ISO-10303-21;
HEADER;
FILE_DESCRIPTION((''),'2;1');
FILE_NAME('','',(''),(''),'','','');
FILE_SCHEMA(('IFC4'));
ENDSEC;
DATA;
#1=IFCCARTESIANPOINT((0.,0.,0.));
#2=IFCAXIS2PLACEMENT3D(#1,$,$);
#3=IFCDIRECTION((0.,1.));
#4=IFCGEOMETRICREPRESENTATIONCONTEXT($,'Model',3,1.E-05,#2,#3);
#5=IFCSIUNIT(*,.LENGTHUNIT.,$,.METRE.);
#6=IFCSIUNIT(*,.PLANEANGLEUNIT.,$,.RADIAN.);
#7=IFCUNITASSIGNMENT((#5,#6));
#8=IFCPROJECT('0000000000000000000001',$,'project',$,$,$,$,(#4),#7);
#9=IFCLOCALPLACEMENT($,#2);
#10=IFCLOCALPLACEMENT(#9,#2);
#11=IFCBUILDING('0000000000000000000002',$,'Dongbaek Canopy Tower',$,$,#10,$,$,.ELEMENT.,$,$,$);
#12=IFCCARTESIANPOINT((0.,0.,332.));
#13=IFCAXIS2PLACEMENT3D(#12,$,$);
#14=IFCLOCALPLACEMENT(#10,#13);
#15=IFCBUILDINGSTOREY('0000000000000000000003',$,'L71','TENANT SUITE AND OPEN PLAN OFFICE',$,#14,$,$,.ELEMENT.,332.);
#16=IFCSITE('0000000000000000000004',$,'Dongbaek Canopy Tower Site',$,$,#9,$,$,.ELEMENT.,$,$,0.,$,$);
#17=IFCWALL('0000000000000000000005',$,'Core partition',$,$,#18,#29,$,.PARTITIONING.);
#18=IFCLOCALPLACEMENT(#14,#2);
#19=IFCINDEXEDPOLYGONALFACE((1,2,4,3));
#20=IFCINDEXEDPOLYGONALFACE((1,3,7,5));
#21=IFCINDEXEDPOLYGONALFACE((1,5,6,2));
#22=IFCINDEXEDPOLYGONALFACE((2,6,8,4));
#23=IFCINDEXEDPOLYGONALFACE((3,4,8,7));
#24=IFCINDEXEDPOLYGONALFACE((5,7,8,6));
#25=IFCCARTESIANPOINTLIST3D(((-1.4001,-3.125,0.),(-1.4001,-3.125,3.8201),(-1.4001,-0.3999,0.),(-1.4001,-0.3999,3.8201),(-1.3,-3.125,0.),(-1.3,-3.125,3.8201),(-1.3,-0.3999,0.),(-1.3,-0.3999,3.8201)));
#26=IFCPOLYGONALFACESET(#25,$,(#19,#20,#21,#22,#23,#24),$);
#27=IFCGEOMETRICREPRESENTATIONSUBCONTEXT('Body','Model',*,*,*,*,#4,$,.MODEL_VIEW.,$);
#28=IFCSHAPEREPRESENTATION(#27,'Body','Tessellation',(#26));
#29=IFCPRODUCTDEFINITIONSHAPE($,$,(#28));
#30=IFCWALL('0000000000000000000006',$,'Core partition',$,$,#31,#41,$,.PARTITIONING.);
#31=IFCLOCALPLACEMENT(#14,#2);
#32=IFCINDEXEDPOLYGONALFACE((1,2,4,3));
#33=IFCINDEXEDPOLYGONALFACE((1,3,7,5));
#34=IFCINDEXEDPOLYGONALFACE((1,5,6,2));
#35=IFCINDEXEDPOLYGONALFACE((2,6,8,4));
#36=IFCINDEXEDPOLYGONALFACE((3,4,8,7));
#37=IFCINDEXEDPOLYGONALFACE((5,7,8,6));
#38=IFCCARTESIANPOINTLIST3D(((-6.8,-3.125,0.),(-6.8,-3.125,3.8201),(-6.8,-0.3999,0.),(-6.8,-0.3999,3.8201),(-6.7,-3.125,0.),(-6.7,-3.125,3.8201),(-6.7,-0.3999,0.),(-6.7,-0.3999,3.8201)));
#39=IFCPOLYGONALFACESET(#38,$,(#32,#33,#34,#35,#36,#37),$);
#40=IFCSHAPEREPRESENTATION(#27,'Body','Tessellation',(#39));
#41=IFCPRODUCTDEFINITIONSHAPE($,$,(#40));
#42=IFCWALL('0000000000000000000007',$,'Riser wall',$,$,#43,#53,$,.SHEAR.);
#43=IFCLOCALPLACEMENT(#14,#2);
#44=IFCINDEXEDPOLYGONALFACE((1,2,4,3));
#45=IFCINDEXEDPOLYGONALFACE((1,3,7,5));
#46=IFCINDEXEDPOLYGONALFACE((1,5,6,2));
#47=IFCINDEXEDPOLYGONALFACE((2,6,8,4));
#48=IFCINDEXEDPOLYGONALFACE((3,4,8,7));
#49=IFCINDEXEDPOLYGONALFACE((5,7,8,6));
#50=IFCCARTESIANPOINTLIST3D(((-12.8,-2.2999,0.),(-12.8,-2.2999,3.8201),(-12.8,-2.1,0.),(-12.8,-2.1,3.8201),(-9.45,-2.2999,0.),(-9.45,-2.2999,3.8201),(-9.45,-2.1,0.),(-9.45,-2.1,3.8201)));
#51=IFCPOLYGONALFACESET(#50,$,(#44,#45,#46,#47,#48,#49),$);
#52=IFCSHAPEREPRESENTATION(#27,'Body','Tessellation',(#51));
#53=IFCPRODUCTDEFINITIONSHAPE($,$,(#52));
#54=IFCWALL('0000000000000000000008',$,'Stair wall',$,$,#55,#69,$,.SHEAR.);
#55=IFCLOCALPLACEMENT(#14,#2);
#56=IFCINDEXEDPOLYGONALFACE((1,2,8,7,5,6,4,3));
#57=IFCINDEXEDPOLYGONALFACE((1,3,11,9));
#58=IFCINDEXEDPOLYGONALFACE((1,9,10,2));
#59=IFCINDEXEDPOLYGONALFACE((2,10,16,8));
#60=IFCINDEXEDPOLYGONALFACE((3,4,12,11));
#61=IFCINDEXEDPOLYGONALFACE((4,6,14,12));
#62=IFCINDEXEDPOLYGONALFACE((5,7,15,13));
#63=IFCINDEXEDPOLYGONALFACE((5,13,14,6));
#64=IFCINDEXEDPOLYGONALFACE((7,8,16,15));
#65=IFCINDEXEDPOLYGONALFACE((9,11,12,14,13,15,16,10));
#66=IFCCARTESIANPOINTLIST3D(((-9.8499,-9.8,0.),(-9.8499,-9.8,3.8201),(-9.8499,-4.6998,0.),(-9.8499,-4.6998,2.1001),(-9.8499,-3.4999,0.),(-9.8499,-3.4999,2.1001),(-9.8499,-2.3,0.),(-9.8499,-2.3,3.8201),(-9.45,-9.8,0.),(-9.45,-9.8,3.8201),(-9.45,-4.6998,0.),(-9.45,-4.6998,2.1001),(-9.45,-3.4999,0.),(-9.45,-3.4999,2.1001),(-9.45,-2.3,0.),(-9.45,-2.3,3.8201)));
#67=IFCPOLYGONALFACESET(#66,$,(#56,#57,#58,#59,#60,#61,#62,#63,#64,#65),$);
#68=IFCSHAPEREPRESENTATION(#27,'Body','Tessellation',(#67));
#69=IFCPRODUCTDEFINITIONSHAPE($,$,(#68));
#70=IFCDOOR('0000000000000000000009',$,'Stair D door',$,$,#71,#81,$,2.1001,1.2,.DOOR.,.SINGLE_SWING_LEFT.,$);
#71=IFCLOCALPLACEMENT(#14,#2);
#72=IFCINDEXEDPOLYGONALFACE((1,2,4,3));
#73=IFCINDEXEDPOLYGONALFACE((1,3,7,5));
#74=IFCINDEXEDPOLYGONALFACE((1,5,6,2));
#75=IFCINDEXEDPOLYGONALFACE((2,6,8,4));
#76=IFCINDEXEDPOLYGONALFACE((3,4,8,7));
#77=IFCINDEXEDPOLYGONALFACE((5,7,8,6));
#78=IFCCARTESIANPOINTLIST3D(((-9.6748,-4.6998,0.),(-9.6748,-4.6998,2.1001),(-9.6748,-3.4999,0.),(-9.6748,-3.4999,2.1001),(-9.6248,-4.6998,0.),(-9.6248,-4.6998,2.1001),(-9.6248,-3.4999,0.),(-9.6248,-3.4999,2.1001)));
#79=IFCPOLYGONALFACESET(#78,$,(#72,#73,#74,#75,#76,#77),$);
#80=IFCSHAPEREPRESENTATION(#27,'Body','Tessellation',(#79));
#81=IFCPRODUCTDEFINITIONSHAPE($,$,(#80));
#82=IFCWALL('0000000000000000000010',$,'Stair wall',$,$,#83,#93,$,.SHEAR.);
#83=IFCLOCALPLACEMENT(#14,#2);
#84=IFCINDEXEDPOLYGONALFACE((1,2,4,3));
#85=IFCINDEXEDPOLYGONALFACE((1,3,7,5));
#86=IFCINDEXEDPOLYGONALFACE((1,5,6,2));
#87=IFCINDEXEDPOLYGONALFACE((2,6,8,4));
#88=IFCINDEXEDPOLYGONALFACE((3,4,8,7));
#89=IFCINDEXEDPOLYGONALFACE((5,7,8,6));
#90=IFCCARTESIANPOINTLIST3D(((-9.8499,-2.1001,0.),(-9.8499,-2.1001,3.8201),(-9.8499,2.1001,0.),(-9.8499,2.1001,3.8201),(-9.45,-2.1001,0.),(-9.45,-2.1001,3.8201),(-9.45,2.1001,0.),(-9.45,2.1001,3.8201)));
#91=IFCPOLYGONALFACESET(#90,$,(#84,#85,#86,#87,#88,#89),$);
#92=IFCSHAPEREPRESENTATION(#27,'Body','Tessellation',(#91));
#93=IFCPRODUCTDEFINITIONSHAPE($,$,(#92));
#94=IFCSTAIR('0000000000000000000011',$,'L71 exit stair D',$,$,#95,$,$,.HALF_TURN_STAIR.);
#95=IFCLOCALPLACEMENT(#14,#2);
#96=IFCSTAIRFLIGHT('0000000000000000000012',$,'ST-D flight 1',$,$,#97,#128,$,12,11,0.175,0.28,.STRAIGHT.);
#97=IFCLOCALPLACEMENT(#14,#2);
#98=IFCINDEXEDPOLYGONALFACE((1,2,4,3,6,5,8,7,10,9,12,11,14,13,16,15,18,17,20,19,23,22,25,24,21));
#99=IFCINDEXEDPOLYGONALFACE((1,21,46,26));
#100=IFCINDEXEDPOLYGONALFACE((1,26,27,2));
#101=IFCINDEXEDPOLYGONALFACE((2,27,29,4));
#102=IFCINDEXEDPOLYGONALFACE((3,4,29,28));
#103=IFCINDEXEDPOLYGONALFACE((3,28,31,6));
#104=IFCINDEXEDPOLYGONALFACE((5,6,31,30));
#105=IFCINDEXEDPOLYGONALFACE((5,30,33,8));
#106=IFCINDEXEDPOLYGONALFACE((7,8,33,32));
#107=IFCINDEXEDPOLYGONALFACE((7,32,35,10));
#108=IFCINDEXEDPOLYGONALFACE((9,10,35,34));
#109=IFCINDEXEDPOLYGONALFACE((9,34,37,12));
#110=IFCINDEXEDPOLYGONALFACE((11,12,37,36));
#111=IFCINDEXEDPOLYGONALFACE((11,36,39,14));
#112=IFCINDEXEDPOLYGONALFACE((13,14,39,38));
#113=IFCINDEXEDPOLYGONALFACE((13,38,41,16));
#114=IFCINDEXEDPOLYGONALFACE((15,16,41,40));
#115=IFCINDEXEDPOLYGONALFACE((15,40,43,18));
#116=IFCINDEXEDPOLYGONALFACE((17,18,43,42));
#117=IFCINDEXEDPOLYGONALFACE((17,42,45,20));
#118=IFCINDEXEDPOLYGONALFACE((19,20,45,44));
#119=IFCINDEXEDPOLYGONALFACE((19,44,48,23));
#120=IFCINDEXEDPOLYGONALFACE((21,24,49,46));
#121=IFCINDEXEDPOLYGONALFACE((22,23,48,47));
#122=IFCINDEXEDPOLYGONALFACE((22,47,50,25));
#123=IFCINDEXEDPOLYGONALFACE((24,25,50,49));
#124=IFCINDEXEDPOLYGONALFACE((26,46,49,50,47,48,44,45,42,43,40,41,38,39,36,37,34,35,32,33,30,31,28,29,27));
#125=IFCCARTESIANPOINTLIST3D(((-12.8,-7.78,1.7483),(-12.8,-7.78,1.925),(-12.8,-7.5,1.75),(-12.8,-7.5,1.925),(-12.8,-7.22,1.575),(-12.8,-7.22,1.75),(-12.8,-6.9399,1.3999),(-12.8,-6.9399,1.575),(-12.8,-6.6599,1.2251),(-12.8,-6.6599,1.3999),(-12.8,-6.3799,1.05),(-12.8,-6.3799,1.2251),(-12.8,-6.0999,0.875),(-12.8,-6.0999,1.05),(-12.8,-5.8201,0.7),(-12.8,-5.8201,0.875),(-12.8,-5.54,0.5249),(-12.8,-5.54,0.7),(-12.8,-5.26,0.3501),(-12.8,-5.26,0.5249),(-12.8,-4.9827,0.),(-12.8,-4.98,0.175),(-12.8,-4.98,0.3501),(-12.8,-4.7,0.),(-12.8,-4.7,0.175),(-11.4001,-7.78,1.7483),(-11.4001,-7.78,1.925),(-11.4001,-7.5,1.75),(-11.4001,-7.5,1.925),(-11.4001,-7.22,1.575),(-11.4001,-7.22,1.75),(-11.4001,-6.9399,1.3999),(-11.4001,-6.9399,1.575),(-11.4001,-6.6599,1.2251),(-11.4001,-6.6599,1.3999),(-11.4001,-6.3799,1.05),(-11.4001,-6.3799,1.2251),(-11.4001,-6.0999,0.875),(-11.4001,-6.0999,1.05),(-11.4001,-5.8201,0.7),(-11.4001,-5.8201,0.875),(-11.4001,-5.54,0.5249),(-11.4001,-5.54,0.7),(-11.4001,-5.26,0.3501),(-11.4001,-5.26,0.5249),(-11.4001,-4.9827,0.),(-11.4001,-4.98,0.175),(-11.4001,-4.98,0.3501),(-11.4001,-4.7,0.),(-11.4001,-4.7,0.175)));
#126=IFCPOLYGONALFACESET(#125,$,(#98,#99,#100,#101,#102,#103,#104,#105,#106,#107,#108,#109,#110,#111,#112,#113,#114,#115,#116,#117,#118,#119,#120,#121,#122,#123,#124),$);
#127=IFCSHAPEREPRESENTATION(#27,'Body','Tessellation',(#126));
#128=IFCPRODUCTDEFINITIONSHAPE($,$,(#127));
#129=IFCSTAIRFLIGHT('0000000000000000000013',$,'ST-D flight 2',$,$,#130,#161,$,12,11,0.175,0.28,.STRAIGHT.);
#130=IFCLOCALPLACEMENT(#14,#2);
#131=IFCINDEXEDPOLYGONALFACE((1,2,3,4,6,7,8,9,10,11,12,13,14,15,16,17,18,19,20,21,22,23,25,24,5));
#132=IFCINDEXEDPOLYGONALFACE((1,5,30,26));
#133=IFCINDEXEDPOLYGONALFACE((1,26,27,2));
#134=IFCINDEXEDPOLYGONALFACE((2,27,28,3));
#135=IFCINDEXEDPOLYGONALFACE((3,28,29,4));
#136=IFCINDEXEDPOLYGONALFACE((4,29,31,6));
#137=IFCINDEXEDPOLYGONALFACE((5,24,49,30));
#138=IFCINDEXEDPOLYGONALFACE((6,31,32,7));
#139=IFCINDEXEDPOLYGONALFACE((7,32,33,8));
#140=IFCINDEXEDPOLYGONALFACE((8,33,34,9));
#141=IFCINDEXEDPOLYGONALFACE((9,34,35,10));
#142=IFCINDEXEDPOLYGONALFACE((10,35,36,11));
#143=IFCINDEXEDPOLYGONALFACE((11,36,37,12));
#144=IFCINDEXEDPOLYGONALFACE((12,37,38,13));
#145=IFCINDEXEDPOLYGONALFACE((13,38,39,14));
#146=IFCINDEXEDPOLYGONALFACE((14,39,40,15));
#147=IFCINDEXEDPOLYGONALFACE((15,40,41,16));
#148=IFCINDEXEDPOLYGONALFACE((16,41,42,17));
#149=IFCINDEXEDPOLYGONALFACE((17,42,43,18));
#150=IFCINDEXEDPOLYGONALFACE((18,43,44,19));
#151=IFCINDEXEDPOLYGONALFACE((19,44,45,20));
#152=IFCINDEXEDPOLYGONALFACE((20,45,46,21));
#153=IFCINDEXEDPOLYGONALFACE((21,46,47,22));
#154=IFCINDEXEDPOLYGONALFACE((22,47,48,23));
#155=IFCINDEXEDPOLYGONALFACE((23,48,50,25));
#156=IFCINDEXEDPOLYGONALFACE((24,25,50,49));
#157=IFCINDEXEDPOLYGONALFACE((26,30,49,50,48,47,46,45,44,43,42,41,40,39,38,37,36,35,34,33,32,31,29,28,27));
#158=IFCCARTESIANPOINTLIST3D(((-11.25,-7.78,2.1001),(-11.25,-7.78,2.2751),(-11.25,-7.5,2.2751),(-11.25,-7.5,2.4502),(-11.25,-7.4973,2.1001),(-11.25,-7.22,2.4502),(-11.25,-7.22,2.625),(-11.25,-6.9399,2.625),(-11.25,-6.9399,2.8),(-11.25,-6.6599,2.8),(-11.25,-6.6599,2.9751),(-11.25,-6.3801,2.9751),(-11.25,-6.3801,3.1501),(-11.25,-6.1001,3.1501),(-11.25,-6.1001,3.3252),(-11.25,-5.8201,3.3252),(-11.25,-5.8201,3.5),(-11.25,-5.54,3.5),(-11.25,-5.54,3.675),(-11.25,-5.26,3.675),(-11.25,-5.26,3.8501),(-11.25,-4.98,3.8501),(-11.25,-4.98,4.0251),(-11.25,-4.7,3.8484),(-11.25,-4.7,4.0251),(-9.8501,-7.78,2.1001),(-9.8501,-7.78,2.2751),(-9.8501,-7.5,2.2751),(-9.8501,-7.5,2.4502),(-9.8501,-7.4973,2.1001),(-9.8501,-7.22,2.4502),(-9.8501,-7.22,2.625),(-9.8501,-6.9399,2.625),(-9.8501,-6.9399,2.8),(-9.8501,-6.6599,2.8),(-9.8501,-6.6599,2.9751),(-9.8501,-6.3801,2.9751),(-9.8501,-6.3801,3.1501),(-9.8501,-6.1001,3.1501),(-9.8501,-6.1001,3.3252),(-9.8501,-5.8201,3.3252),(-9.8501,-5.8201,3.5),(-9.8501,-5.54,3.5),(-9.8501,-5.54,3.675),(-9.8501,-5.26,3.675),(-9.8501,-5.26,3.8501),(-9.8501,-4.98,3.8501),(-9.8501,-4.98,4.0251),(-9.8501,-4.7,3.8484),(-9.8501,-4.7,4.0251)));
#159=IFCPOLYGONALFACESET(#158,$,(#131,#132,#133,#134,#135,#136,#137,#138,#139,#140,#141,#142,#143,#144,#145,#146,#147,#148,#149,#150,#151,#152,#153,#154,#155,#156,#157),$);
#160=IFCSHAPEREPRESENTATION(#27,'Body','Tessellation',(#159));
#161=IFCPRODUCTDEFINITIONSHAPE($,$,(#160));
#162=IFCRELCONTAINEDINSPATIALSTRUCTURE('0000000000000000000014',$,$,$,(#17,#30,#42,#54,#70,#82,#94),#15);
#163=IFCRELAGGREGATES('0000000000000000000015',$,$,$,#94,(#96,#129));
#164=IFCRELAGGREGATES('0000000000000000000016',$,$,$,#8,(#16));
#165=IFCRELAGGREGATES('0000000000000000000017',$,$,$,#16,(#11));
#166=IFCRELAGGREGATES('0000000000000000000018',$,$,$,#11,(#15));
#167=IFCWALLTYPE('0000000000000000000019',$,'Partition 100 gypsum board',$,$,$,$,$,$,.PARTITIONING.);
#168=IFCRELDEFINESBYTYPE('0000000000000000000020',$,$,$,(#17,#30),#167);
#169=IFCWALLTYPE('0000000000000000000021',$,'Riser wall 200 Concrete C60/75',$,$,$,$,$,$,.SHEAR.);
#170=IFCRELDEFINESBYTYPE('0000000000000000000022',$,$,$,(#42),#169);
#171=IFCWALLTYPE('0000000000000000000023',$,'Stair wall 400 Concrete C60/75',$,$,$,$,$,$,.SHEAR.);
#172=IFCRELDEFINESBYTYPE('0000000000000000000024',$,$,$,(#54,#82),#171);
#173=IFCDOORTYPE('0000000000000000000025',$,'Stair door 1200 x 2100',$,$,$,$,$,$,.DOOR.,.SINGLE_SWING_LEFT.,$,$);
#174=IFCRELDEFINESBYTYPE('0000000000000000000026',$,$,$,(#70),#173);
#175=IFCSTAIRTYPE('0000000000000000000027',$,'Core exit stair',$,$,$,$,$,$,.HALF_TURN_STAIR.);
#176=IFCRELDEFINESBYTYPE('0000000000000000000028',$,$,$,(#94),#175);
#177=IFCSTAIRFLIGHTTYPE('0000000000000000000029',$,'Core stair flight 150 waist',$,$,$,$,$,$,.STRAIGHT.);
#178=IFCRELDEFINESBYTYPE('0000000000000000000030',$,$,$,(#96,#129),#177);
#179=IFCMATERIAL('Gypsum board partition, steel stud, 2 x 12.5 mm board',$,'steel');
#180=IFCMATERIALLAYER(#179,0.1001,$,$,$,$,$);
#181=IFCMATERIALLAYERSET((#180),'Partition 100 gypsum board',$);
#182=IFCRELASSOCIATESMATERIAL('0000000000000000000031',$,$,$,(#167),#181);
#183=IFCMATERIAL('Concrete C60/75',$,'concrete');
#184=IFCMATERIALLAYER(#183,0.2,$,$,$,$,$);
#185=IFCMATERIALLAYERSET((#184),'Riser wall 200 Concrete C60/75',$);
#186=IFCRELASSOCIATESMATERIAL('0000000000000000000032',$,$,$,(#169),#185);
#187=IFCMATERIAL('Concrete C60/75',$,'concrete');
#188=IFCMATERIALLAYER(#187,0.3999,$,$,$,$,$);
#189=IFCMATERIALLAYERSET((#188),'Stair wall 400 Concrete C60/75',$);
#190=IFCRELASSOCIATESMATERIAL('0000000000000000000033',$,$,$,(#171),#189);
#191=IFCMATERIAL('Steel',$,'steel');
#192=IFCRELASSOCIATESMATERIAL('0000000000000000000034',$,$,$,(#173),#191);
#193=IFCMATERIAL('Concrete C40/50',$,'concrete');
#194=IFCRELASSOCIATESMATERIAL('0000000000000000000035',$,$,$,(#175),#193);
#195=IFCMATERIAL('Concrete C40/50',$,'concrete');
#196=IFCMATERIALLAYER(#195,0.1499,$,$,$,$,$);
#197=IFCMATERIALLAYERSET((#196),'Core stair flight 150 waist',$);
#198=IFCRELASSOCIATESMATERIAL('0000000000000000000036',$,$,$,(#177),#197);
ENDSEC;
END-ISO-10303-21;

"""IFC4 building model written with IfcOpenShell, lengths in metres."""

from ifc_helpers import new_model, si_unit, direction, frame, frame_2d, origin, place, context, subcontext, project, spatial, polyline, rectangle, outline, extrude, material, layer, layer_set, type_object, element, fill, aggregate, save


model = new_model("IFC4")

# Units and contexts
model_context = context("Model", 3, precision=1e-05, world=origin(), true_north=direction((0.0, 1.0)))
body_context = subcontext(model_context, "Body", "Model", "MODEL_VIEW")
ifc_project = project(units=[si_unit("LENGTHUNIT", "METRE"), si_unit("PLANEANGLEUNIT", "RADIAN")], contexts=[model_context])

# Site, building, storey
site_placement = place(None, origin())
site = spatial("IfcSite", under=ifc_project, at=site_placement, Name="Dongbaek Canopy Tower Site", CompositionType="ELEMENT", RefElevation=0.0)
building_placement = place(site_placement, origin())
building = spatial("IfcBuilding", under=site, at=building_placement, Name="Dongbaek Canopy Tower", CompositionType="ELEMENT")
storey_placement = place(building_placement, frame((0.0, 0.0, 332.0)))
storey = spatial("IfcBuildingStorey", under=building, at=storey_placement, Name="L71", Description="TENANT SUITE AND OPEN PLAN OFFICE", CompositionType="ELEMENT", Elevation=332.0)

# Walls
ifc_material_1 = material(Name="Gypsum board partition, steel stud, 2 x 12.5 mm board", Category="steel")
ifc_layer_1 = layer(ifc_material_1, 0.1001)
ifc_layer_set_1 = layer_set([ifc_layer_1], Name="Partition 100 gypsum board")
wall_type_1 = type_object("IfcWallType", Name="Partition 100 gypsum board", PredefinedType="PARTITIONING", material=ifc_layer_set_1)
for number, where, z_axis, x_axis, name in (
    (1, (-1.3501, -3.125, 0.0), (0.0, 0.0, 1.0), (0.0, 1.0, 0.0), "Core partition"),
    (2, (-6.75, -3.125, 0.0), (0.0, 0.0, 1.0), (0.0, 1.0, 0.0), "Core partition"),
):
    element("IfcWall", number, at=place(storey_placement, frame(where, z_axis=z_axis, x_axis=x_axis)), inside=storey, type_object=wall_type_1, Name=name, PredefinedType="PARTITIONING", context=body_context, shape_type="SweptSolid", body=[
        extrude(rectangle(XDim=2.7251, YDim=0.1001, at=frame_2d((1.3625, 0.0))), origin(), (0.0, 0.0, 1.0), 3.8201),
    ])
ifc_material_2 = material(Name="Concrete C60/75", Category="concrete")
ifc_layer_2 = layer(ifc_material_2, 0.2)
ifc_layer_set_2 = layer_set([ifc_layer_2], Name="Riser wall 200 Concrete C60/75")
wall_type_2 = type_object("IfcWallType", Name="Riser wall 200 Concrete C60/75", PredefinedType="SHEAR", material=ifc_layer_set_2)
wall_1_placement = place(storey_placement, frame((-9.45, -2.2, 0.0), z_axis=(0.0, 0.0, 1.0), x_axis=(-1.0, 0.0, 0.0)))
element("IfcWall", 3, at=wall_1_placement, inside=storey, type_object=wall_type_2, Name="Riser wall", PredefinedType="SHEAR", context=body_context, shape_type="SweptSolid", body=[
    extrude(rectangle(XDim=3.3501, YDim=0.2, at=frame_2d((1.675, 0.0))), origin(), (0.0, 0.0, 1.0), 3.8201),
])

# Wall, opening, door
ifc_material_3 = material(Name="Concrete C60/75", Category="concrete")
ifc_layer_3 = layer(ifc_material_3, 0.3999)
ifc_layer_set_3 = layer_set([ifc_layer_3], Name="Stair wall 400 Concrete C60/75")
wall_type_3 = type_object("IfcWallType", Name="Stair wall 400 Concrete C60/75", PredefinedType="SHEAR", material=ifc_layer_set_3)
wall_2_placement = place(storey_placement, frame((-9.6499, -9.8, 0.0), z_axis=(0.0, 0.0, 1.0), x_axis=(0.0, 1.0, 0.0)))
wall_2 = element("IfcWall", 4, at=wall_2_placement, inside=storey, type_object=wall_type_3, Name="Stair wall", PredefinedType="SHEAR", context=body_context, shape_type="SweptSolid", body=[
    extrude(rectangle(XDim=7.5, YDim=0.3999, at=frame_2d((3.75, 0.0))), origin(), (0.0, 0.0, 1.0), 3.8201),
])
opening_1_placement = place(wall_2_placement, frame((5.1001, 0.0, 0.0)))
opening_1 = element("IfcOpeningElement", 5, at=opening_1_placement, cuts=wall_2, PredefinedType="OPENING", context=body_context, shape_type="SweptSolid", body=[
    extrude(rectangle(XDim=1.2, YDim=2.1001, at=frame_2d((0.6001, 1.05))), frame((0.0, 0.21, 0.0), z_axis=(0.0, -1.0, 0.0), x_axis=(1.0, 0.0, 0.0)), (0.0, 0.0, 1.0), 0.4199),
])
ifc_material_4 = material(Name="Steel", Category="steel")
door_type_1 = type_object("IfcDoorType", Name="Stair door 1200 x 2100", OperationType="SINGLE_SWING_LEFT", PredefinedType="DOOR", material=ifc_material_4)
door_1_placement = place(opening_1_placement, origin())
door_1 = element("IfcDoor", 6, at=door_1_placement, inside=storey, type_object=door_type_1, Name="Stair D door", OperationType="SINGLE_SWING_LEFT", OverallHeight=2.1001, OverallWidth=1.2, PredefinedType="DOOR", context=body_context, shape_type="SweptSolid", body=[
    extrude(rectangle(XDim=1.2, YDim=2.1001, at=frame_2d((0.6001, 1.05))), frame((0.0, 0.0249, 0.0), z_axis=(0.0, -1.0, 0.0), x_axis=(1.0, 0.0, 0.0)), (0.0, 0.0, 1.0), 0.05),
])
fill(opening_1, door_1)

# Wall
wall_3_placement = place(storey_placement, frame((-9.6499, -2.1001, 0.0), z_axis=(0.0, 0.0, 1.0), x_axis=(0.0, 1.0, 0.0)))
element("IfcWall", 7, at=wall_3_placement, inside=storey, type_object=wall_type_3, Name="Stair wall", PredefinedType="SHEAR", context=body_context, shape_type="SweptSolid", body=[
    extrude(rectangle(XDim=4.2002, YDim=0.3999, at=frame_2d((2.1001, 0.0))), origin(), (0.0, 0.0, 1.0), 3.8201),
])

# Stair, stair flights
ifc_material_5 = material(Name="Concrete C40/50", Category="concrete")
stair_type = type_object("IfcStairType", Name="Core exit stair", PredefinedType="HALF_TURN_STAIR", material=ifc_material_5)
stair_placement = place(storey_placement, origin())
stair = element("IfcStair", 8, at=stair_placement, inside=storey, type_object=stair_type, Name="L71 exit stair D", PredefinedType="HALF_TURN_STAIR")
ifc_material_6 = material(Name="Concrete C40/50", Category="concrete")
ifc_layer_4 = layer(ifc_material_6, 0.1499)
ifc_layer_set_4 = layer_set([ifc_layer_4], Name="Core stair flight 150 waist")
stair_flight_type = type_object("IfcStairFlightType", Name="Core stair flight 150 waist", PredefinedType="STRAIGHT", material=ifc_layer_set_4)
stair_flight_1_placement = place(storey_placement, frame((-12.1001, -4.7, 0.0), z_axis=(0.0, 0.0, 1.0), x_axis=(0.0, -1.0, 0.0)))
stair_flight_1 = element("IfcStairFlight", 9, at=stair_flight_1_placement, type_object=stair_flight_type, Name="ST-D flight 1", NumberOfRisers=12, NumberOfTreads=11, PredefinedType="STRAIGHT", RiserHeight=0.175, TreadLength=0.28, context=body_context, shape_type="SweptSolid", body=[
    extrude(outline(polyline([(0.0, 0.0), (0.0, 0.175), (0.28, 0.175), (0.28, 0.3501), (0.5601, 0.3501), (0.5601, 0.5249), (0.8401, 0.5249), (0.8401, 0.7), (1.1201, 0.7), (1.1201, 0.875), (1.3999, 0.875), (1.3999, 1.05), (1.6799, 1.05), (1.6799, 1.2251), (1.96, 1.2251), (1.96, 1.3999), (2.24, 1.3999), (2.24, 1.575), (2.52, 1.575), (2.52, 1.75), (2.8, 1.75), (2.8, 1.925), (3.0801, 1.925), (3.0801, 2.1001), (3.0801, 1.7483), (0.2827, 0.0), (0.0, 0.0)])), frame((0.0, 0.7, 0.0), z_axis=(0.0, -1.0, 0.0), x_axis=(1.0, 0.0, 0.0)), (0.0, 0.0, 1.0), 1.3999),
])
stair_flight_2_placement = place(storey_placement, frame((-10.55, -7.78, 2.1001), z_axis=(0.0, 0.0, 1.0), x_axis=(0.0, 1.0, 0.0)))
stair_flight_2 = element("IfcStairFlight", 10, at=stair_flight_2_placement, type_object=stair_flight_type, Name="ST-D flight 2", NumberOfRisers=12, NumberOfTreads=11, PredefinedType="STRAIGHT", RiserHeight=0.175, TreadLength=0.28, context=body_context, shape_type="SweptSolid", body=[
    extrude(outline(polyline([(0.0, 0.0), (0.0, 0.175), (0.28, 0.175), (0.28, 0.3501), (0.5601, 0.3501), (0.5601, 0.5249), (0.8401, 0.5249), (0.8401, 0.7), (1.1201, 0.7), (1.1201, 0.875), (1.3999, 0.875), (1.3999, 1.05), (1.6799, 1.05), (1.6799, 1.2251), (1.96, 1.2251), (1.96, 1.3999), (2.24, 1.3999), (2.24, 1.575), (2.52, 1.575), (2.52, 1.75), (2.8, 1.75), (2.8, 1.925), (3.0801, 1.925), (3.0801, 2.1001), (3.0801, 1.7483), (0.2827, 0.0), (0.0, 0.0)])), frame((0.0, 0.7, 0.0), z_axis=(0.0, -1.0, 0.0), x_axis=(1.0, 0.0, 0.0)), (0.0, 0.0, 1.0), 1.3999),
])
aggregate(stair, [stair_flight_1, stair_flight_2])

save(model, "model.ifc")
